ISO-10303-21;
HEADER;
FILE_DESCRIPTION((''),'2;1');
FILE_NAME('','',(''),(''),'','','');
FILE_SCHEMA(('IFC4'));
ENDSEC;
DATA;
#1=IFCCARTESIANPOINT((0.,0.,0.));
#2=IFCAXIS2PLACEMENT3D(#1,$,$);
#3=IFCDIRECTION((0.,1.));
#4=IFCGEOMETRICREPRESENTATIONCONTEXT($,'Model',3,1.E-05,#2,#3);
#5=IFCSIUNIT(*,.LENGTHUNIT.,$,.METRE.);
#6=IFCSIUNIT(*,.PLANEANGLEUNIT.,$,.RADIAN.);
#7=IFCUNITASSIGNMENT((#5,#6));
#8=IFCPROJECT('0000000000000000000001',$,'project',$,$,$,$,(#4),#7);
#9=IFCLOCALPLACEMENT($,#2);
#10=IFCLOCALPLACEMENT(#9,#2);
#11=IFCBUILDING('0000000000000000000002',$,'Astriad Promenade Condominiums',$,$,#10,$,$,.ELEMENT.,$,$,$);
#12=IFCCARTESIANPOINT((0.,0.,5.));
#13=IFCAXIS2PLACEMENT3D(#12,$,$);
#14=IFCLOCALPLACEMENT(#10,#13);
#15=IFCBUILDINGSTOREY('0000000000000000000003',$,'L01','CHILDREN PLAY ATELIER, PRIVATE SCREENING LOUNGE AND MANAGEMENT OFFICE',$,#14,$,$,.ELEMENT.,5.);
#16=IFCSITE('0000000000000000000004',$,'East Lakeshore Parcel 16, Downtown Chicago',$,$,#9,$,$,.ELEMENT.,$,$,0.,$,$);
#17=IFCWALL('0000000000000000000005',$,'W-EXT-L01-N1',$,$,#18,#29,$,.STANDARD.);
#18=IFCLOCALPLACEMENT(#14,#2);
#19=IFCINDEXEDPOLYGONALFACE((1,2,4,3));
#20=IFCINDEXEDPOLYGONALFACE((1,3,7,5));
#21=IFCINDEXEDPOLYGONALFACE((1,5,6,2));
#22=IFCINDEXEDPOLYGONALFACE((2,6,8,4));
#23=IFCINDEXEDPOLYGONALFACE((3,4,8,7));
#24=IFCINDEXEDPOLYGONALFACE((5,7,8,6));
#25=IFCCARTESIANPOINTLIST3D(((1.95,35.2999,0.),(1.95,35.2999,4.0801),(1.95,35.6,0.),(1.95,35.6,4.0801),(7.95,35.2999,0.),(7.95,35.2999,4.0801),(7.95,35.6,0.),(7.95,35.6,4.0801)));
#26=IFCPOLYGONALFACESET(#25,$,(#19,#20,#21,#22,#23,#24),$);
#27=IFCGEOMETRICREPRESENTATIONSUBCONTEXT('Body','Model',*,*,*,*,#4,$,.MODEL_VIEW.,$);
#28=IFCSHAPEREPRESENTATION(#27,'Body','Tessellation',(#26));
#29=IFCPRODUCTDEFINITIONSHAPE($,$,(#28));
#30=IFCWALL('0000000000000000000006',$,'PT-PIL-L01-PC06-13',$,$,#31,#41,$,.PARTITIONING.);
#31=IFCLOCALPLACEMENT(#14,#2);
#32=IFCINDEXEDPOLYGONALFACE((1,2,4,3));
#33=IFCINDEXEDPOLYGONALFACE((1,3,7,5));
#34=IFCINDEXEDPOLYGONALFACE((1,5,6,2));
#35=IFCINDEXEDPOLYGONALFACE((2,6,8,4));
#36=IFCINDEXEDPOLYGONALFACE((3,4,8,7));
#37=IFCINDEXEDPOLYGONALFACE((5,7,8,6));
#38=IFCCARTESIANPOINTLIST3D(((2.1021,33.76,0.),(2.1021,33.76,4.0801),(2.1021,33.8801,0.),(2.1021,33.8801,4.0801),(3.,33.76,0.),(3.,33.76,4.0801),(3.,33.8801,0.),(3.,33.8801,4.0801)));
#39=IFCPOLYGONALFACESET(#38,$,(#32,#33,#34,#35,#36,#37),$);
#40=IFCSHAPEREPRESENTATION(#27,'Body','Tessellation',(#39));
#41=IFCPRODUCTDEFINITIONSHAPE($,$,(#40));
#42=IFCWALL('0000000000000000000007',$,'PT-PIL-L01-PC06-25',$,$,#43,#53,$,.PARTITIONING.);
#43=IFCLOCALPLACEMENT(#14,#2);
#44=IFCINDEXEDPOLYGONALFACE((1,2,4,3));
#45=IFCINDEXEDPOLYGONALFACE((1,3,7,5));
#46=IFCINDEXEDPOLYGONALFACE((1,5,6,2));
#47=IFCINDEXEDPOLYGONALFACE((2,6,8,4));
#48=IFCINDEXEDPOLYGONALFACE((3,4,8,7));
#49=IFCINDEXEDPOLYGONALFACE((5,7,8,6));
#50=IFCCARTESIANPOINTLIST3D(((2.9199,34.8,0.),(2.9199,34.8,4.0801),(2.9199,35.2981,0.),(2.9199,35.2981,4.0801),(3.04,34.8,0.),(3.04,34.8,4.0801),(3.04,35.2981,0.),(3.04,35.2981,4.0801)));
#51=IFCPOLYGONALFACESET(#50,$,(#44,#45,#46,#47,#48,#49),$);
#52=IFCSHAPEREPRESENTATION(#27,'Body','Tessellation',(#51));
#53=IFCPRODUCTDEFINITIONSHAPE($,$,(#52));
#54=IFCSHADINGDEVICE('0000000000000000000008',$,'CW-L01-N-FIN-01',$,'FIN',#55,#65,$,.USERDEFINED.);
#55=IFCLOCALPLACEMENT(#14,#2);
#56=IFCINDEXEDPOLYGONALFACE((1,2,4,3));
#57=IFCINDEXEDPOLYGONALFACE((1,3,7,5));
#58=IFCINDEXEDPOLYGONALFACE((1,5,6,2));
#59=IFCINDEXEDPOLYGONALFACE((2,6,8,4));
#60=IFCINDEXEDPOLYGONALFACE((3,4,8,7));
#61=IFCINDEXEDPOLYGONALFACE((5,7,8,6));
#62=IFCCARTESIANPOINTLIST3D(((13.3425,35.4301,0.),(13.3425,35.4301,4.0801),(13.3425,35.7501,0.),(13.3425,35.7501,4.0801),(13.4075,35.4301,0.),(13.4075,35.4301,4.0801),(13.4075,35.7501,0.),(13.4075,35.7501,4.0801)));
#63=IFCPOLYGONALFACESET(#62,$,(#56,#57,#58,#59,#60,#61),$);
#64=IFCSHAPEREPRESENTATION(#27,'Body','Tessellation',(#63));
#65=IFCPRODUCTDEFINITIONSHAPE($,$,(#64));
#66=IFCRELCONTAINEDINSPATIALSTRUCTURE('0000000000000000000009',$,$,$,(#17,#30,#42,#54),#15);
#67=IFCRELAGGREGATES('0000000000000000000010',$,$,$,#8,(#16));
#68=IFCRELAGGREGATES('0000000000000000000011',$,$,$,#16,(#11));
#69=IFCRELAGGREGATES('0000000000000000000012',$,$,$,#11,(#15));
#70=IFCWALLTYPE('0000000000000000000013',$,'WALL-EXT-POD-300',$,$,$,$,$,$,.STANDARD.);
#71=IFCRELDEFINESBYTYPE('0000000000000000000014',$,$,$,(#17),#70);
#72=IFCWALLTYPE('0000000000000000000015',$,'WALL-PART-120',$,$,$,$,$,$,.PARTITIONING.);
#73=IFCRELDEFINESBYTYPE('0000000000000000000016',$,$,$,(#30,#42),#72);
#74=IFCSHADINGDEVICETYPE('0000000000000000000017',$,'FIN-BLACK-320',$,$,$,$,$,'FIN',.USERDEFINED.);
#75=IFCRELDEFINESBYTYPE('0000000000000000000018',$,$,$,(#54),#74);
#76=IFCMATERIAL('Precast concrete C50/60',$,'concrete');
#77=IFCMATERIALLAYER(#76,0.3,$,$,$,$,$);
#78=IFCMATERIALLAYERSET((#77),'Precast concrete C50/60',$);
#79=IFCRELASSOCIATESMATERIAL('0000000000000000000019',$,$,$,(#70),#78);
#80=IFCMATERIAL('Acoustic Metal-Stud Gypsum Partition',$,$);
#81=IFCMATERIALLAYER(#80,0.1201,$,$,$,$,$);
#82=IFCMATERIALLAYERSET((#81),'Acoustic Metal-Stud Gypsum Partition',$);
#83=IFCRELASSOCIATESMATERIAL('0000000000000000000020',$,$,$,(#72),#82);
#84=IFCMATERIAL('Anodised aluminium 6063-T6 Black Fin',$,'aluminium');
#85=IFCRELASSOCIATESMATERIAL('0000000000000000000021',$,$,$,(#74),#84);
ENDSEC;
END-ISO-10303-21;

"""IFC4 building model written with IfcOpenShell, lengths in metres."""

from ifc_helpers import new_model, si_unit, direction, frame, frame_2d, origin, origin_2d, place, context, subcontext, project, spatial, rectangle, extrude, source, transform, mapped, material, layer, layer_set, type_object, type_shapes, element, save


model = new_model("IFC4")

# Units and contexts
model_context = context("Model", 3, precision=1e-05, world=origin(), true_north=direction((0.0, 1.0)))
body_context = subcontext(model_context, "Body", "Model", "MODEL_VIEW")
ifc_project = project(units=[si_unit("LENGTHUNIT", "METRE"), si_unit("PLANEANGLEUNIT", "RADIAN")], contexts=[model_context])

# Site, building, storey
site_placement = place(None, origin())
site = spatial("IfcSite", under=ifc_project, at=site_placement, Name="East Lakeshore Parcel 16, Downtown Chicago", CompositionType="ELEMENT", RefElevation=0.0)
building_placement = place(site_placement, origin())
building = spatial("IfcBuilding", under=site, at=building_placement, Name="Astriad Promenade Condominiums", CompositionType="ELEMENT")
storey_placement = place(building_placement, frame((0.0, 0.0, 5.0)))
storey = spatial("IfcBuildingStorey", under=building, at=storey_placement, Name="L01", Description="CHILDREN PLAY ATELIER, PRIVATE SCREENING LOUNGE AND MANAGEMENT OFFICE", CompositionType="ELEMENT", Elevation=5.0)

# Walls
ifc_material_1 = material(Name="Precast concrete C50/60", Category="concrete")
ifc_layer_1 = layer(ifc_material_1, 0.3)
ifc_layer_set_1 = layer_set([ifc_layer_1], Name="Precast concrete C50/60")
wall_type_1 = type_object("IfcWallType", Name="WALL-EXT-POD-300", PredefinedType="STANDARD", material=ifc_layer_set_1)
wall_1_placement = place(storey_placement, frame((1.95, 35.45, 0.0), z_axis=(0.0, 0.0, 1.0), x_axis=(1.0, 0.0, 0.0)))
element("IfcWall", 1, at=wall_1_placement, inside=storey, type_object=wall_type_1, Name="W-EXT-L01-N1", PredefinedType="STANDARD", context=body_context, shape_type="SweptSolid", body=[
    extrude(rectangle(XDim=6.0, YDim=0.3, at=frame_2d((3.0, 0.0))), origin(), (0.0, 0.0, 1.0), 4.0801),
])
ifc_material_2 = material(Name="Acoustic Metal-Stud Gypsum Partition")
ifc_layer_2 = layer(ifc_material_2, 0.1201)
ifc_layer_set_2 = layer_set([ifc_layer_2], Name="Acoustic Metal-Stud Gypsum Partition")
wall_type_2 = type_object("IfcWallType", Name="WALL-PART-120", PredefinedType="PARTITIONING", material=ifc_layer_set_2)
wall_2_placement = place(storey_placement, frame((3.0, 33.8201, 0.0), z_axis=(0.0, 0.0, 1.0), x_axis=(-1.0, 0.0, 0.0)))
element("IfcWall", 2, at=wall_2_placement, inside=storey, type_object=wall_type_2, Name="PT-PIL-L01-PC06-13", PredefinedType="PARTITIONING", context=body_context, shape_type="SweptSolid", body=[
    extrude(rectangle(XDim=0.8979, YDim=0.1201, at=frame_2d((0.449, 0.0))), origin(), (0.0, 0.0, 1.0), 4.0801),
])
wall_3_placement = place(storey_placement, frame((2.98, 34.8, 0.0), z_axis=(0.0, 0.0, 1.0), x_axis=(0.0, 1.0, 0.0)))
element("IfcWall", 3, at=wall_3_placement, inside=storey, type_object=wall_type_2, Name="PT-PIL-L01-PC06-25", PredefinedType="PARTITIONING", context=body_context, shape_type="SweptSolid", body=[
    extrude(rectangle(XDim=0.498, YDim=0.1201, at=frame_2d((0.249, 0.0))), origin(), (0.0, 0.0, 1.0), 4.0801),
])

# Shading device
ifc_material_3 = material(Name="Anodised aluminium 6063-T6 Black Fin", Category="aluminium")
shading_device_type = type_object("IfcShadingDeviceType", Name="FIN-BLACK-320", ElementType="FIN", PredefinedType="USERDEFINED", material=ifc_material_3)
shared_shape_1 = source(origin(), body_context, "Body", "SweptSolid", [
    extrude(rectangle(XDim=0.0649, YDim=0.3201, at=origin_2d()), origin(), (0.0, 0.0, 1.0), 4.0801),
])
type_shapes(shading_device_type, [shared_shape_1])
shading_device_placement = place(storey_placement, frame((13.375, 35.5901, 0.0), z_axis=(0.0, 0.0, 1.0), x_axis=(1.0, 0.0, 0.0)))
element("IfcShadingDevice", 4, at=shading_device_placement, inside=storey, type_object=shading_device_type, Name="CW-L01-N-FIN-01", ObjectType="FIN", PredefinedType="USERDEFINED", context=body_context, shape_type="MappedRepresentation", body=[
    mapped(shared_shape_1, transform((0.0, 0.0, 0.0), scale=1.0)),
])

save(model, "model.ifc")
